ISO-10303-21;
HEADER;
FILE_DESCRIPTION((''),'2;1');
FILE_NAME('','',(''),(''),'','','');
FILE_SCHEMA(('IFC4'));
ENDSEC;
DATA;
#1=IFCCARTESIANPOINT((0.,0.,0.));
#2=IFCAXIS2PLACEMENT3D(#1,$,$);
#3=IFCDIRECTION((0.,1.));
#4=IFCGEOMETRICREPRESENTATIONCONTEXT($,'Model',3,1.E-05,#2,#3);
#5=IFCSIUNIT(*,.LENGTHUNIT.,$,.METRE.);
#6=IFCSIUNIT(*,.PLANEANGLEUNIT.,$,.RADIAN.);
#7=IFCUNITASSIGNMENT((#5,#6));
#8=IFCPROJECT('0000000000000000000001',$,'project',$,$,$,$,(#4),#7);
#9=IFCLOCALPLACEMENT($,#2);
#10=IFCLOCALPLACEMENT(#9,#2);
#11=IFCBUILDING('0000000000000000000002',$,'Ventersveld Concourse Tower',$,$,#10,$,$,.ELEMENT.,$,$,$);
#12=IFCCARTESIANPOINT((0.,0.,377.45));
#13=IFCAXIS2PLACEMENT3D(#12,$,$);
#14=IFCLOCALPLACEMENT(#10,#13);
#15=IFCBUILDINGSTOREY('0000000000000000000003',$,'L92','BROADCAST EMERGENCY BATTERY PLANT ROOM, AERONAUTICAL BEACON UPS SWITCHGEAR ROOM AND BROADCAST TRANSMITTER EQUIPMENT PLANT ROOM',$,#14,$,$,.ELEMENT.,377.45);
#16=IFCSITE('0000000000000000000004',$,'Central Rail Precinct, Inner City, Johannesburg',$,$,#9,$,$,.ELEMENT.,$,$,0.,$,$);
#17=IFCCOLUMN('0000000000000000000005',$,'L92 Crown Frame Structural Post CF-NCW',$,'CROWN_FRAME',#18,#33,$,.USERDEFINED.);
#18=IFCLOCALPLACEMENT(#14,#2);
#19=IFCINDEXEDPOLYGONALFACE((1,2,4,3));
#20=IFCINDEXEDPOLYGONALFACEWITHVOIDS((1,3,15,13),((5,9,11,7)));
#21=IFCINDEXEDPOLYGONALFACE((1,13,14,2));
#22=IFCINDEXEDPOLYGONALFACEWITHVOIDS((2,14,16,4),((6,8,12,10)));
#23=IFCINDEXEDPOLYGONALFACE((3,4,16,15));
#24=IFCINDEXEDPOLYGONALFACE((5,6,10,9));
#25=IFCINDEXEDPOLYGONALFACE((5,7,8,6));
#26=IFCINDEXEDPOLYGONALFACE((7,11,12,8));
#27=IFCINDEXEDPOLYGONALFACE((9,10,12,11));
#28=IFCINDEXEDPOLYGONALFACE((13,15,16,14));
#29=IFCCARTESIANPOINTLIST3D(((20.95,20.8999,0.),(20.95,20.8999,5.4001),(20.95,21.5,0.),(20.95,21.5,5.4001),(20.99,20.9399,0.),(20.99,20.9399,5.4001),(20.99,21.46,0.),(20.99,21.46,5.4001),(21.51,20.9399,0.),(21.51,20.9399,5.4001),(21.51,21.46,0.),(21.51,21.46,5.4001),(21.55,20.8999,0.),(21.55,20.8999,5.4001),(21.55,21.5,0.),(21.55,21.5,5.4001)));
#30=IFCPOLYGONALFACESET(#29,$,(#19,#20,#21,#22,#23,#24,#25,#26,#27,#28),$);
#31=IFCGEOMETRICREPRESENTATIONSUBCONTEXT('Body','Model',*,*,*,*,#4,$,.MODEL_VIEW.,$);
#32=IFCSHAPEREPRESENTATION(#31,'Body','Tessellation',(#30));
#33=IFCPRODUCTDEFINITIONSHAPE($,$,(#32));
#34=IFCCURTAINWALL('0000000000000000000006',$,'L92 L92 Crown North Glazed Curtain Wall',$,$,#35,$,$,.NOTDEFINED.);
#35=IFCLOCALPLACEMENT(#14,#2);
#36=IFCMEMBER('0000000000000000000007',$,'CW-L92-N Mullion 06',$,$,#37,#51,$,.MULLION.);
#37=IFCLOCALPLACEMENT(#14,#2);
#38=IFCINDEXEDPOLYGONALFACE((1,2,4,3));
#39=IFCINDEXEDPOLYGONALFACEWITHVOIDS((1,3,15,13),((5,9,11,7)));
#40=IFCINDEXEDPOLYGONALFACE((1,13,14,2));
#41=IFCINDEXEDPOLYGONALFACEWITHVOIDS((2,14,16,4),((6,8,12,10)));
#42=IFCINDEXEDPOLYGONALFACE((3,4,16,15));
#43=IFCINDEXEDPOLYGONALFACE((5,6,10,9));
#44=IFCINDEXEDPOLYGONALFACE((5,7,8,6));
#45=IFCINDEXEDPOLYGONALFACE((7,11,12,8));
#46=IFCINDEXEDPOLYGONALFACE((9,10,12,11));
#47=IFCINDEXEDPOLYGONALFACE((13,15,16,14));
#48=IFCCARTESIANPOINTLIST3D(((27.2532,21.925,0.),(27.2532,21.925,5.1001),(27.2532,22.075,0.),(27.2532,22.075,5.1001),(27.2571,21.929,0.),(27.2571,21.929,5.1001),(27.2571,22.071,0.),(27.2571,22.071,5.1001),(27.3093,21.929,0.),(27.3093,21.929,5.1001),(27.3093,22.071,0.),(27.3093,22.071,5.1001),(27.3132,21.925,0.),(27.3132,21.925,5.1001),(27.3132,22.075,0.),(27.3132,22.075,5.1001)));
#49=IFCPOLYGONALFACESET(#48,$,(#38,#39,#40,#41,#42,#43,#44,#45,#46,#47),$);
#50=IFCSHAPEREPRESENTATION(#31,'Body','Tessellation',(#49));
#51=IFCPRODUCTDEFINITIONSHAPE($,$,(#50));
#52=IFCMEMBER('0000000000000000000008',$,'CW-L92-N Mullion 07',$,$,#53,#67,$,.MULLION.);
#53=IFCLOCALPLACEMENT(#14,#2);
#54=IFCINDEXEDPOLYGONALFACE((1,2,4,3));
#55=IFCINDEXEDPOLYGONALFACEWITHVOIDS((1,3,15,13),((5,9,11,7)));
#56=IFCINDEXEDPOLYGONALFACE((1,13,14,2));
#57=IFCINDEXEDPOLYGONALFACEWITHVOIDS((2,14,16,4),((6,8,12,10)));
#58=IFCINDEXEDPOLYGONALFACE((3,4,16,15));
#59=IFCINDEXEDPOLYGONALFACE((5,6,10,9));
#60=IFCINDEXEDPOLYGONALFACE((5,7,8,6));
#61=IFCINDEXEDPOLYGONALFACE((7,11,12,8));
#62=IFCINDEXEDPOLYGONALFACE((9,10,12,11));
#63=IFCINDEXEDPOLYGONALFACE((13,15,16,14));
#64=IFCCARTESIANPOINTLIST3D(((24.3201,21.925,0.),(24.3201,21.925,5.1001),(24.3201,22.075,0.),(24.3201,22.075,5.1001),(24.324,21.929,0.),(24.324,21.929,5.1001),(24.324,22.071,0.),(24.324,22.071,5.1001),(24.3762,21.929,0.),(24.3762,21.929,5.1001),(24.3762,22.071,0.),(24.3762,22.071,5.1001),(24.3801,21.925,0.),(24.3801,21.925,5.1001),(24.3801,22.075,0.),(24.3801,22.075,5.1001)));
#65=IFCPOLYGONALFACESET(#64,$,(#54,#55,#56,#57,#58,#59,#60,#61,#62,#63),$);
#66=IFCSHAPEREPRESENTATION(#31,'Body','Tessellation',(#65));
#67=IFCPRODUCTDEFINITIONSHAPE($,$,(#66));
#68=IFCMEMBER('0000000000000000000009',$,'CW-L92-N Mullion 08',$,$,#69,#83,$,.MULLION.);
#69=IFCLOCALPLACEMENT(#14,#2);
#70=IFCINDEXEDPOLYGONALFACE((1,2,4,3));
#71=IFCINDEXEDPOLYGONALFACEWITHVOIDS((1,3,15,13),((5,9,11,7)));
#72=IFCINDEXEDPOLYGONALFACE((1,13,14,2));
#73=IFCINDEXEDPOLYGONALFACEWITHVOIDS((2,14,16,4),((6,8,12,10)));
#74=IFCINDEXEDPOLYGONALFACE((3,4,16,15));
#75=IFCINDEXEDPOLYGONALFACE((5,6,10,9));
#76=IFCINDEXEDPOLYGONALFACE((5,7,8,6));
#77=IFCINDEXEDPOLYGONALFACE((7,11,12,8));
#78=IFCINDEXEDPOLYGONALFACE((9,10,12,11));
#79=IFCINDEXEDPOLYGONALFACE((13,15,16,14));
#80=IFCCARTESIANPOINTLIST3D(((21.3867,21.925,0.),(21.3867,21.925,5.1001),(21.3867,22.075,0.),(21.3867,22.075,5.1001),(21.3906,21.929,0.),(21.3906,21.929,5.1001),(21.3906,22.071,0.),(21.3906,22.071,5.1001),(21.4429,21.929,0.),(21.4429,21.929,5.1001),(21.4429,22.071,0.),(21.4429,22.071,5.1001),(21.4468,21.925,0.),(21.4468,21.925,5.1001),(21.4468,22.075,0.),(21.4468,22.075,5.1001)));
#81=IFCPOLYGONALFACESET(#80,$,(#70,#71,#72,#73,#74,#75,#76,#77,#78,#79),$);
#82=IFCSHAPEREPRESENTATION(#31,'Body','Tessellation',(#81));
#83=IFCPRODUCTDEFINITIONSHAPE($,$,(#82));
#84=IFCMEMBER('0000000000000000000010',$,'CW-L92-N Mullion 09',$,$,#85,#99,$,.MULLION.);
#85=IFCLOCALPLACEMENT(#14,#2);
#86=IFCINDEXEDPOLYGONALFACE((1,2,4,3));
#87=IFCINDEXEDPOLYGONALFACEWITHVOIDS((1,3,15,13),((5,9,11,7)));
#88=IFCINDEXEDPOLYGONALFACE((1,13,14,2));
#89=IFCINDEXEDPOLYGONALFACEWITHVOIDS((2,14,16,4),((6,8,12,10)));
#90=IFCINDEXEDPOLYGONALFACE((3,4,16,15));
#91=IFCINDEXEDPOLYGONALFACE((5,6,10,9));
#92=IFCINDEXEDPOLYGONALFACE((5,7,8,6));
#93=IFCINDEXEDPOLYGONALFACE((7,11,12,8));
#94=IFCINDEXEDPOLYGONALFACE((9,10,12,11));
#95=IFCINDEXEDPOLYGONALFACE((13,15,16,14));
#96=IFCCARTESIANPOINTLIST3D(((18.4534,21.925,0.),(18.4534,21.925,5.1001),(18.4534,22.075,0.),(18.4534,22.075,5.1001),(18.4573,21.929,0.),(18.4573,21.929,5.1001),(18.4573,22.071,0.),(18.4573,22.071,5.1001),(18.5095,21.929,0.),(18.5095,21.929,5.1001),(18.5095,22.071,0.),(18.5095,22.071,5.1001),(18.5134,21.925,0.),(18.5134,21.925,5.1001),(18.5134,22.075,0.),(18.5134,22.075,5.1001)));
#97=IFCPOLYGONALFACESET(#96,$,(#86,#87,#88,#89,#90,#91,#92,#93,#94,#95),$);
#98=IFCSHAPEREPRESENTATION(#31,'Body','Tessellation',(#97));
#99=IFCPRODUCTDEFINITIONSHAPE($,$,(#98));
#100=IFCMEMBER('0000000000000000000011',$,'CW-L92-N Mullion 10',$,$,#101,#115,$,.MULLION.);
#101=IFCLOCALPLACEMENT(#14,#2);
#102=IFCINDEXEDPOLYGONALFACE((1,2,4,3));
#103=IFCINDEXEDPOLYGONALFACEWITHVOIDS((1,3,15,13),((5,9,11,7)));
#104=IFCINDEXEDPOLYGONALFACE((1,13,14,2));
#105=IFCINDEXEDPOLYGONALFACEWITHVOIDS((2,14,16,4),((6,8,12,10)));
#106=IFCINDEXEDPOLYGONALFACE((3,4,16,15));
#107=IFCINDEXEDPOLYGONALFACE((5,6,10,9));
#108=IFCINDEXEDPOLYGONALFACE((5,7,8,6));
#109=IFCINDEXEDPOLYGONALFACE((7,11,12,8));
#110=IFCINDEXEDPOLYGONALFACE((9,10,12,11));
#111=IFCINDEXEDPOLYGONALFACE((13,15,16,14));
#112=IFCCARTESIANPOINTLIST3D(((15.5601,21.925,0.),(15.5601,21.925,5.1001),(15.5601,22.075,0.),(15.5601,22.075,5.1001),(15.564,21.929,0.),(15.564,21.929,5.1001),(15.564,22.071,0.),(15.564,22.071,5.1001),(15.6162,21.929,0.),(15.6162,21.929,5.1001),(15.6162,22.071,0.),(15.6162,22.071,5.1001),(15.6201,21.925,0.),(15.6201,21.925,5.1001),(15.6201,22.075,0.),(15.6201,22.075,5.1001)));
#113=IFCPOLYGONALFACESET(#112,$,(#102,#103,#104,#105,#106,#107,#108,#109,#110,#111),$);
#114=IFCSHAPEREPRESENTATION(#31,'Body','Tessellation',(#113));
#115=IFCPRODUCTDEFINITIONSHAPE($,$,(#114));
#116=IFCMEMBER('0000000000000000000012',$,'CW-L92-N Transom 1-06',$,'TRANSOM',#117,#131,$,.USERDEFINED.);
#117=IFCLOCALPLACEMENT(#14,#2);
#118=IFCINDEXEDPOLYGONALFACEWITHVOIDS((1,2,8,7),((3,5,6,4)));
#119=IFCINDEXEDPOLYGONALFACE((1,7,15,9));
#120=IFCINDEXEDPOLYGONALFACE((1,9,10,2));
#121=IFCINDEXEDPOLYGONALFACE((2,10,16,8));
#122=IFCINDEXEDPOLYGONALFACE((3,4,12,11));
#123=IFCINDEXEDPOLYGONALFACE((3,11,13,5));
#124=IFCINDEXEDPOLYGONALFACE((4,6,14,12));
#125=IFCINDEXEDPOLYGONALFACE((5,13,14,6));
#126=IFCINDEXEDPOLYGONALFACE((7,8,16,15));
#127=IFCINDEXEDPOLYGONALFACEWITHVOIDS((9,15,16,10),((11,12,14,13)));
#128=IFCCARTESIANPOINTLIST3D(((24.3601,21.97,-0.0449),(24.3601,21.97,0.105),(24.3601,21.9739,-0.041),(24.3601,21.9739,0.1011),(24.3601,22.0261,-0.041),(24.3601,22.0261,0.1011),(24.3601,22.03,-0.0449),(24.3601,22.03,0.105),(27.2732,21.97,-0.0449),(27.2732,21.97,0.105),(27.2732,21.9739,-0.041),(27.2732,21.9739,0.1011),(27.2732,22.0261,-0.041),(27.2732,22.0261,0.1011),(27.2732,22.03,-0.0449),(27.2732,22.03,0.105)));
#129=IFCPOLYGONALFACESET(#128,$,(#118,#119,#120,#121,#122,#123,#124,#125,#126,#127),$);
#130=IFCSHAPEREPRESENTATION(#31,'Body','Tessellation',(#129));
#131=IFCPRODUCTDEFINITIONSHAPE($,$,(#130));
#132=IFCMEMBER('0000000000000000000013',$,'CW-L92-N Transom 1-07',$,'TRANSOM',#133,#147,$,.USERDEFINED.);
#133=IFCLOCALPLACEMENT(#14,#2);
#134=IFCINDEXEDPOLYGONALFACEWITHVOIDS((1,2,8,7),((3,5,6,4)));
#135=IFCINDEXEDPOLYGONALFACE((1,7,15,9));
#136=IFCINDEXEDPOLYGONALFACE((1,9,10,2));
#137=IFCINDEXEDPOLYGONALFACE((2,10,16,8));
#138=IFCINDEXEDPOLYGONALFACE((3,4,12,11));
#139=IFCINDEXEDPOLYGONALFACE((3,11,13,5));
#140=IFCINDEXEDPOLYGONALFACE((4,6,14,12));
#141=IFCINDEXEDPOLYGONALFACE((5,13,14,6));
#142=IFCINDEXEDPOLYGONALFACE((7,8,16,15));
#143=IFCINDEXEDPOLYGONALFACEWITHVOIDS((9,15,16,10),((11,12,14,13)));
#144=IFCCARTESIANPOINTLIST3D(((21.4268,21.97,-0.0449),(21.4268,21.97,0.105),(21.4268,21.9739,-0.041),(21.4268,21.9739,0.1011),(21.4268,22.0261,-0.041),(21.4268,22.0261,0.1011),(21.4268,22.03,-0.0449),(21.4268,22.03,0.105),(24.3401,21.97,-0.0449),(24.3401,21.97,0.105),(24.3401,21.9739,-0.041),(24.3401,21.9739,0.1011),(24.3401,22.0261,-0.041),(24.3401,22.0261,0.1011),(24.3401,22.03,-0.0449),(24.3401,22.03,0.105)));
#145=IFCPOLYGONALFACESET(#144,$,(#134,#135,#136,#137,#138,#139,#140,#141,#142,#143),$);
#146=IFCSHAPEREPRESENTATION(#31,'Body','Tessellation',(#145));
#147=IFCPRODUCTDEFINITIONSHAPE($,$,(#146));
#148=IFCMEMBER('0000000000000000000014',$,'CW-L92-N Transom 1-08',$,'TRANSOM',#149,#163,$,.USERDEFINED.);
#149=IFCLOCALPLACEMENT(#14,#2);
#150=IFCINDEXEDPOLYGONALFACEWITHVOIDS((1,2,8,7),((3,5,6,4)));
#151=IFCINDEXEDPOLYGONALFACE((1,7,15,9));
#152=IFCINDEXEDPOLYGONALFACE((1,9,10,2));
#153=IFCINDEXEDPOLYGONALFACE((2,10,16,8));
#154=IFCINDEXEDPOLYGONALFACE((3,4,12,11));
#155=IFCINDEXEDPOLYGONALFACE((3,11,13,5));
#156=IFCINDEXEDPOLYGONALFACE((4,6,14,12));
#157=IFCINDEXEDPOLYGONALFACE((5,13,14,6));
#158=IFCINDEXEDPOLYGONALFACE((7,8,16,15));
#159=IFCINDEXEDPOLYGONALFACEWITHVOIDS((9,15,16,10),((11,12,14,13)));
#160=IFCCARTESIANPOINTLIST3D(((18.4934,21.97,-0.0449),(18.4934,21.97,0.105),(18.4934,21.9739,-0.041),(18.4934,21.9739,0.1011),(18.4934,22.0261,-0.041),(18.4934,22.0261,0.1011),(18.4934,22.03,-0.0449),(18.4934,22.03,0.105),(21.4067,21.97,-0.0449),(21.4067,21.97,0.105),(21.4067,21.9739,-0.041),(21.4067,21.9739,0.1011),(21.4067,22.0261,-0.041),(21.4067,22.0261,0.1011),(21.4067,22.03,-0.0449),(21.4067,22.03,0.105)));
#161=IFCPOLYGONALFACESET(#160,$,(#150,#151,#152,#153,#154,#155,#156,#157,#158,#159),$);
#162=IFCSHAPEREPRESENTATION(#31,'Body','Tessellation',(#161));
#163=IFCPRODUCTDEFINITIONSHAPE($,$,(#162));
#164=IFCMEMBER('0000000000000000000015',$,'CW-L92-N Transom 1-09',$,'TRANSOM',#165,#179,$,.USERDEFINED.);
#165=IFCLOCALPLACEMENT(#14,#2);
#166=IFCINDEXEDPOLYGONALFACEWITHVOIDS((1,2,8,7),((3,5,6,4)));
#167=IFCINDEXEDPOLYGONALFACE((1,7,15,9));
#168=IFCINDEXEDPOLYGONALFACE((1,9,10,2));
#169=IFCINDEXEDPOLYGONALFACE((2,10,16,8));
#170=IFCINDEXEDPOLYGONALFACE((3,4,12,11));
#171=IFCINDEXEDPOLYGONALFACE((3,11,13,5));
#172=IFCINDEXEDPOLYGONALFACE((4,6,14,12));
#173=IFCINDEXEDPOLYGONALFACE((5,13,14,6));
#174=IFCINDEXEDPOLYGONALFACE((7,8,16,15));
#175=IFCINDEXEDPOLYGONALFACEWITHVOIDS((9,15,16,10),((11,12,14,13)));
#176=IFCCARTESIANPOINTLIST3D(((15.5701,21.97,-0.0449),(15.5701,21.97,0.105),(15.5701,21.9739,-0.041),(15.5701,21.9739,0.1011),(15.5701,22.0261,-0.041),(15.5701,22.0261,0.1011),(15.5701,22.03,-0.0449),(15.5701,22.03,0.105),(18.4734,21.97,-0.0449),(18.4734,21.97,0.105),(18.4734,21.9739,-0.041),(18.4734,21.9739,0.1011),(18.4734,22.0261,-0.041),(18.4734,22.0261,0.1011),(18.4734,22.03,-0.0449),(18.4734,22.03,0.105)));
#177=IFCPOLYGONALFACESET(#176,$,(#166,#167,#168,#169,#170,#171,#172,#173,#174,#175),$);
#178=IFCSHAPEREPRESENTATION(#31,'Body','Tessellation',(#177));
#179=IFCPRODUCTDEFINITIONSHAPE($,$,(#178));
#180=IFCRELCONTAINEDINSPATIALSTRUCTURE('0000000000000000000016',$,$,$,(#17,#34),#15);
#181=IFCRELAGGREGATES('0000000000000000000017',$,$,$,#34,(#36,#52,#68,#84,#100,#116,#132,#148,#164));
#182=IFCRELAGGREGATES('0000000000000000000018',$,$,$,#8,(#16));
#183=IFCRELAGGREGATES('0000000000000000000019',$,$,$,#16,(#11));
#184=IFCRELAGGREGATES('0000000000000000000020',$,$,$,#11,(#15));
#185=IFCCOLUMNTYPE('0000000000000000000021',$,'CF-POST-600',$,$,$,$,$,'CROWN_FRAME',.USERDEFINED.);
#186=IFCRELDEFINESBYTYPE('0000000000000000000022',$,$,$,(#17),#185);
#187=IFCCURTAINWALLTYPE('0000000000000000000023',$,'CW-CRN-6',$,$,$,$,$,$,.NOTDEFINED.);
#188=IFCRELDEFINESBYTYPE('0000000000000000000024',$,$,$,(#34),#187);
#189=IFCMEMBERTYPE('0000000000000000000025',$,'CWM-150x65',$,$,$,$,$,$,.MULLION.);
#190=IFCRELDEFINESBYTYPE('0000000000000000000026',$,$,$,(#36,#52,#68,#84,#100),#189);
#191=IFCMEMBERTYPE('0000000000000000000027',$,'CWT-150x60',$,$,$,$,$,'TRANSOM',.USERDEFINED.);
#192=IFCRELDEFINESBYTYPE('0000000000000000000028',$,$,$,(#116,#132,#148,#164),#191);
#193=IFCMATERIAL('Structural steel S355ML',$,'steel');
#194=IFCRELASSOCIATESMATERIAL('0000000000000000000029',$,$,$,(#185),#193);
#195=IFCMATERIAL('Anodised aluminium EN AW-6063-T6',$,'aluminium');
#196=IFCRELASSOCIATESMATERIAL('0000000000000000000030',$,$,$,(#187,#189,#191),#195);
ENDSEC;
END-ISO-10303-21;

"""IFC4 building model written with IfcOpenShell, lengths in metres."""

from ifc_helpers import new_model, si_unit, direction, frame, origin, origin_2d, place, context, subcontext, project, spatial, hollow_rectangle, extrude, material, material_profile, profile_set, type_object, element, aggregate, save


model = new_model("IFC4")

# Units and contexts
model_context = context("Model", 3, precision=1e-05, world=origin(), true_north=direction((0.0, 1.0)))
body_context = subcontext(model_context, "Body", "Model", "MODEL_VIEW")
ifc_project = project(units=[si_unit("LENGTHUNIT", "METRE"), si_unit("PLANEANGLEUNIT", "RADIAN")], contexts=[model_context])

# Site, building, storey
site_placement = place(None, origin())
site = spatial("IfcSite", under=ifc_project, at=site_placement, Name="Central Rail Precinct, Inner City, Johannesburg", CompositionType="ELEMENT", RefElevation=0.0)
building_placement = place(site_placement, origin())
building = spatial("IfcBuilding", under=site, at=building_placement, Name="Ventersveld Concourse Tower", CompositionType="ELEMENT")
storey_placement = place(building_placement, frame((0.0, 0.0, 377.45)))
storey = spatial("IfcBuildingStorey", under=building, at=storey_placement, Name="L92", Description="BROADCAST EMERGENCY BATTERY PLANT ROOM, AERONAUTICAL BEACON UPS SWITCHGEAR ROOM AND BROADCAST TRANSMITTER EQUIPMENT PLANT ROOM", CompositionType="ELEMENT", Elevation=377.45)

# Column
ifc_material_1 = material(Name="Structural steel S355ML", Category="steel")
ifc_material_profile_1 = material_profile(ifc_material_1, hollow_rectangle(XDim=0.6001, YDim=0.6001, WallThickness=0.04, at=origin_2d()), Name="BOX 600x600x40")
ifc_profile_set_1 = profile_set([ifc_material_profile_1], Name="Structural steel S355ML")
column_type = type_object("IfcColumnType", Name="CF-POST-600", ElementType="CROWN_FRAME", PredefinedType="USERDEFINED", material=ifc_profile_set_1)
column_placement = place(storey_placement, frame((21.25, 21.2, 0.0), z_axis=(0.0, 0.0, 1.0), x_axis=(1.0, 0.0, 0.0)))
element("IfcColumn", 1, at=column_placement, inside=storey, type_object=column_type, Name="L92 Crown Frame Structural Post CF-NCW", ObjectType="CROWN_FRAME", PredefinedType="USERDEFINED", context=body_context, shape_type="SweptSolid", body=[
    extrude(hollow_rectangle(XDim=0.6001, YDim=0.6001, WallThickness=0.04, at=origin_2d()), origin(), (0.0, 0.0, 1.0), 5.4001),
])

# Curtain wall, members
ifc_material_2 = material(Name="Anodised aluminium EN AW-6063-T6", Category="aluminium")
curtain_wall_type = type_object("IfcCurtainWallType", Name="CW-CRN-6", PredefinedType="NOTDEFINED", material=ifc_material_2)
curtain_wall_placement = place(storey_placement, origin())
curtain_wall = element("IfcCurtainWall", 2, at=curtain_wall_placement, inside=storey, type_object=curtain_wall_type, Name="L92 L92 Crown North Glazed Curtain Wall", PredefinedType="NOTDEFINED")
ifc_material_profile_2 = material_profile(ifc_material_2, hollow_rectangle(XDim=0.0601, YDim=0.1499, WallThickness=0.0039, at=origin_2d()), Name="ALU 150x60x4")
ifc_profile_set_2 = profile_set([ifc_material_profile_2], Name="Anodised aluminium EN AW-6063-T6")
member_type_1 = type_object("IfcMemberType", Name="CWM-150x65", PredefinedType="MULLION", material=ifc_profile_set_2)
member_1_placement = place(storey_placement, frame((27.2832, 22.0, 0.0), z_axis=(0.0, 0.0, 1.0), x_axis=(1.0, 0.0, 0.0)))
member_1 = element("IfcMember", 3, at=member_1_placement, type_object=member_type_1, Name="CW-L92-N Mullion 06", PredefinedType="MULLION", context=body_context, shape_type="SweptSolid", body=[
    extrude(hollow_rectangle(XDim=0.0601, YDim=0.1499, WallThickness=0.0039, at=origin_2d()), origin(), (0.0, 0.0, 1.0), 5.1001),
])
member_2_placement = place(storey_placement, frame((24.3501, 22.0, 0.0), z_axis=(0.0, 0.0, 1.0), x_axis=(1.0, 0.0, 0.0)))
member_2 = element("IfcMember", 4, at=member_2_placement, type_object=member_type_1, Name="CW-L92-N Mullion 07", PredefinedType="MULLION", context=body_context, shape_type="SweptSolid", body=[
    extrude(hollow_rectangle(XDim=0.0601, YDim=0.1499, WallThickness=0.0039, at=origin_2d()), origin(), (0.0, 0.0, 1.0), 5.1001),
])
member_3_placement = place(storey_placement, frame((21.4167, 22.0, 0.0), z_axis=(0.0, 0.0, 1.0), x_axis=(1.0, 0.0, 0.0)))
member_3 = element("IfcMember", 5, at=member_3_placement, type_object=member_type_1, Name="CW-L92-N Mullion 08", PredefinedType="MULLION", context=body_context, shape_type="SweptSolid", body=[
    extrude(hollow_rectangle(XDim=0.0601, YDim=0.1499, WallThickness=0.0039, at=origin_2d()), origin(), (0.0, 0.0, 1.0), 5.1001),
])
member_4_placement = place(storey_placement, frame((18.4834, 22.0, 0.0), z_axis=(0.0, 0.0, 1.0), x_axis=(1.0, 0.0, 0.0)))
member_4 = element("IfcMember", 6, at=member_4_placement, type_object=member_type_1, Name="CW-L92-N Mullion 09", PredefinedType="MULLION", context=body_context, shape_type="SweptSolid", body=[
    extrude(hollow_rectangle(XDim=0.0601, YDim=0.1499, WallThickness=0.0039, at=origin_2d()), origin(), (0.0, 0.0, 1.0), 5.1001),
])
member_5_placement = place(storey_placement, frame((15.5901, 22.0, 0.0), z_axis=(0.0, 0.0, 1.0), x_axis=(1.0, 0.0, 0.0)))
member_5 = element("IfcMember", 7, at=member_5_placement, type_object=member_type_1, Name="CW-L92-N Mullion 10", PredefinedType="MULLION", context=body_context, shape_type="SweptSolid", body=[
    extrude(hollow_rectangle(XDim=0.0601, YDim=0.1499, WallThickness=0.0039, at=origin_2d()), origin(), (0.0, 0.0, 1.0), 5.1001),
])
ifc_material_profile_3 = material_profile(ifc_material_2, hollow_rectangle(XDim=0.0601, YDim=0.1499, WallThickness=0.0039, at=origin_2d()), Name="ALU 150x60x4")
ifc_profile_set_3 = profile_set([ifc_material_profile_3], Name="Anodised aluminium EN AW-6063-T6")
member_type_2 = type_object("IfcMemberType", Name="CWT-150x60", ElementType="TRANSOM", PredefinedType="USERDEFINED", material=ifc_profile_set_3)
member_6_placement = place(storey_placement, frame((27.2732, 22.0, 0.03), z_axis=(-1.0, 0.0, 0.0), x_axis=(0.0, -1.0, 0.0)))
member_6 = element("IfcMember", 8, at=member_6_placement, type_object=member_type_2, Name="CW-L92-N Transom 1-06", ObjectType="TRANSOM", PredefinedType="USERDEFINED", context=body_context, shape_type="SweptSolid", body=[
    extrude(hollow_rectangle(XDim=0.0601, YDim=0.1499, WallThickness=0.0039, at=origin_2d()), origin(), (0.0, 0.0, 1.0), 2.9131),
])
member_7_placement = place(storey_placement, frame((24.3401, 22.0, 0.03), z_axis=(-1.0, 0.0, 0.0), x_axis=(0.0, -1.0, 0.0)))
member_7 = element("IfcMember", 9, at=member_7_placement, type_object=member_type_2, Name="CW-L92-N Transom 1-07", ObjectType="TRANSOM", PredefinedType="USERDEFINED", context=body_context, shape_type="SweptSolid", body=[
    extrude(hollow_rectangle(XDim=0.0601, YDim=0.1499, WallThickness=0.0039, at=origin_2d()), origin(), (0.0, 0.0, 1.0), 2.9133),
])
member_8_placement = place(storey_placement, frame((21.4067, 22.0, 0.03), z_axis=(-1.0, 0.0, 0.0), x_axis=(0.0, -1.0, 0.0)))
member_8 = element("IfcMember", 10, at=member_8_placement, type_object=member_type_2, Name="CW-L92-N Transom 1-08", ObjectType="TRANSOM", PredefinedType="USERDEFINED", context=body_context, shape_type="SweptSolid", body=[
    extrude(hollow_rectangle(XDim=0.0601, YDim=0.1499, WallThickness=0.0039, at=origin_2d()), origin(), (0.0, 0.0, 1.0), 2.9133),
])
member_9_placement = place(storey_placement, frame((18.4734, 22.0, 0.03), z_axis=(-1.0, 0.0, 0.0), x_axis=(0.0, -1.0, 0.0)))
member_9 = element("IfcMember", 11, at=member_9_placement, type_object=member_type_2, Name="CW-L92-N Transom 1-09", ObjectType="TRANSOM", PredefinedType="USERDEFINED", context=body_context, shape_type="SweptSolid", body=[
    extrude(hollow_rectangle(XDim=0.0601, YDim=0.1499, WallThickness=0.0039, at=origin_2d()), origin(), (0.0, 0.0, 1.0), 2.9033),
])

aggregate(curtain_wall, [member_1, member_2, member_3, member_4, member_5, member_6, member_7, member_8, member_9])

save(model, "model.ifc")
